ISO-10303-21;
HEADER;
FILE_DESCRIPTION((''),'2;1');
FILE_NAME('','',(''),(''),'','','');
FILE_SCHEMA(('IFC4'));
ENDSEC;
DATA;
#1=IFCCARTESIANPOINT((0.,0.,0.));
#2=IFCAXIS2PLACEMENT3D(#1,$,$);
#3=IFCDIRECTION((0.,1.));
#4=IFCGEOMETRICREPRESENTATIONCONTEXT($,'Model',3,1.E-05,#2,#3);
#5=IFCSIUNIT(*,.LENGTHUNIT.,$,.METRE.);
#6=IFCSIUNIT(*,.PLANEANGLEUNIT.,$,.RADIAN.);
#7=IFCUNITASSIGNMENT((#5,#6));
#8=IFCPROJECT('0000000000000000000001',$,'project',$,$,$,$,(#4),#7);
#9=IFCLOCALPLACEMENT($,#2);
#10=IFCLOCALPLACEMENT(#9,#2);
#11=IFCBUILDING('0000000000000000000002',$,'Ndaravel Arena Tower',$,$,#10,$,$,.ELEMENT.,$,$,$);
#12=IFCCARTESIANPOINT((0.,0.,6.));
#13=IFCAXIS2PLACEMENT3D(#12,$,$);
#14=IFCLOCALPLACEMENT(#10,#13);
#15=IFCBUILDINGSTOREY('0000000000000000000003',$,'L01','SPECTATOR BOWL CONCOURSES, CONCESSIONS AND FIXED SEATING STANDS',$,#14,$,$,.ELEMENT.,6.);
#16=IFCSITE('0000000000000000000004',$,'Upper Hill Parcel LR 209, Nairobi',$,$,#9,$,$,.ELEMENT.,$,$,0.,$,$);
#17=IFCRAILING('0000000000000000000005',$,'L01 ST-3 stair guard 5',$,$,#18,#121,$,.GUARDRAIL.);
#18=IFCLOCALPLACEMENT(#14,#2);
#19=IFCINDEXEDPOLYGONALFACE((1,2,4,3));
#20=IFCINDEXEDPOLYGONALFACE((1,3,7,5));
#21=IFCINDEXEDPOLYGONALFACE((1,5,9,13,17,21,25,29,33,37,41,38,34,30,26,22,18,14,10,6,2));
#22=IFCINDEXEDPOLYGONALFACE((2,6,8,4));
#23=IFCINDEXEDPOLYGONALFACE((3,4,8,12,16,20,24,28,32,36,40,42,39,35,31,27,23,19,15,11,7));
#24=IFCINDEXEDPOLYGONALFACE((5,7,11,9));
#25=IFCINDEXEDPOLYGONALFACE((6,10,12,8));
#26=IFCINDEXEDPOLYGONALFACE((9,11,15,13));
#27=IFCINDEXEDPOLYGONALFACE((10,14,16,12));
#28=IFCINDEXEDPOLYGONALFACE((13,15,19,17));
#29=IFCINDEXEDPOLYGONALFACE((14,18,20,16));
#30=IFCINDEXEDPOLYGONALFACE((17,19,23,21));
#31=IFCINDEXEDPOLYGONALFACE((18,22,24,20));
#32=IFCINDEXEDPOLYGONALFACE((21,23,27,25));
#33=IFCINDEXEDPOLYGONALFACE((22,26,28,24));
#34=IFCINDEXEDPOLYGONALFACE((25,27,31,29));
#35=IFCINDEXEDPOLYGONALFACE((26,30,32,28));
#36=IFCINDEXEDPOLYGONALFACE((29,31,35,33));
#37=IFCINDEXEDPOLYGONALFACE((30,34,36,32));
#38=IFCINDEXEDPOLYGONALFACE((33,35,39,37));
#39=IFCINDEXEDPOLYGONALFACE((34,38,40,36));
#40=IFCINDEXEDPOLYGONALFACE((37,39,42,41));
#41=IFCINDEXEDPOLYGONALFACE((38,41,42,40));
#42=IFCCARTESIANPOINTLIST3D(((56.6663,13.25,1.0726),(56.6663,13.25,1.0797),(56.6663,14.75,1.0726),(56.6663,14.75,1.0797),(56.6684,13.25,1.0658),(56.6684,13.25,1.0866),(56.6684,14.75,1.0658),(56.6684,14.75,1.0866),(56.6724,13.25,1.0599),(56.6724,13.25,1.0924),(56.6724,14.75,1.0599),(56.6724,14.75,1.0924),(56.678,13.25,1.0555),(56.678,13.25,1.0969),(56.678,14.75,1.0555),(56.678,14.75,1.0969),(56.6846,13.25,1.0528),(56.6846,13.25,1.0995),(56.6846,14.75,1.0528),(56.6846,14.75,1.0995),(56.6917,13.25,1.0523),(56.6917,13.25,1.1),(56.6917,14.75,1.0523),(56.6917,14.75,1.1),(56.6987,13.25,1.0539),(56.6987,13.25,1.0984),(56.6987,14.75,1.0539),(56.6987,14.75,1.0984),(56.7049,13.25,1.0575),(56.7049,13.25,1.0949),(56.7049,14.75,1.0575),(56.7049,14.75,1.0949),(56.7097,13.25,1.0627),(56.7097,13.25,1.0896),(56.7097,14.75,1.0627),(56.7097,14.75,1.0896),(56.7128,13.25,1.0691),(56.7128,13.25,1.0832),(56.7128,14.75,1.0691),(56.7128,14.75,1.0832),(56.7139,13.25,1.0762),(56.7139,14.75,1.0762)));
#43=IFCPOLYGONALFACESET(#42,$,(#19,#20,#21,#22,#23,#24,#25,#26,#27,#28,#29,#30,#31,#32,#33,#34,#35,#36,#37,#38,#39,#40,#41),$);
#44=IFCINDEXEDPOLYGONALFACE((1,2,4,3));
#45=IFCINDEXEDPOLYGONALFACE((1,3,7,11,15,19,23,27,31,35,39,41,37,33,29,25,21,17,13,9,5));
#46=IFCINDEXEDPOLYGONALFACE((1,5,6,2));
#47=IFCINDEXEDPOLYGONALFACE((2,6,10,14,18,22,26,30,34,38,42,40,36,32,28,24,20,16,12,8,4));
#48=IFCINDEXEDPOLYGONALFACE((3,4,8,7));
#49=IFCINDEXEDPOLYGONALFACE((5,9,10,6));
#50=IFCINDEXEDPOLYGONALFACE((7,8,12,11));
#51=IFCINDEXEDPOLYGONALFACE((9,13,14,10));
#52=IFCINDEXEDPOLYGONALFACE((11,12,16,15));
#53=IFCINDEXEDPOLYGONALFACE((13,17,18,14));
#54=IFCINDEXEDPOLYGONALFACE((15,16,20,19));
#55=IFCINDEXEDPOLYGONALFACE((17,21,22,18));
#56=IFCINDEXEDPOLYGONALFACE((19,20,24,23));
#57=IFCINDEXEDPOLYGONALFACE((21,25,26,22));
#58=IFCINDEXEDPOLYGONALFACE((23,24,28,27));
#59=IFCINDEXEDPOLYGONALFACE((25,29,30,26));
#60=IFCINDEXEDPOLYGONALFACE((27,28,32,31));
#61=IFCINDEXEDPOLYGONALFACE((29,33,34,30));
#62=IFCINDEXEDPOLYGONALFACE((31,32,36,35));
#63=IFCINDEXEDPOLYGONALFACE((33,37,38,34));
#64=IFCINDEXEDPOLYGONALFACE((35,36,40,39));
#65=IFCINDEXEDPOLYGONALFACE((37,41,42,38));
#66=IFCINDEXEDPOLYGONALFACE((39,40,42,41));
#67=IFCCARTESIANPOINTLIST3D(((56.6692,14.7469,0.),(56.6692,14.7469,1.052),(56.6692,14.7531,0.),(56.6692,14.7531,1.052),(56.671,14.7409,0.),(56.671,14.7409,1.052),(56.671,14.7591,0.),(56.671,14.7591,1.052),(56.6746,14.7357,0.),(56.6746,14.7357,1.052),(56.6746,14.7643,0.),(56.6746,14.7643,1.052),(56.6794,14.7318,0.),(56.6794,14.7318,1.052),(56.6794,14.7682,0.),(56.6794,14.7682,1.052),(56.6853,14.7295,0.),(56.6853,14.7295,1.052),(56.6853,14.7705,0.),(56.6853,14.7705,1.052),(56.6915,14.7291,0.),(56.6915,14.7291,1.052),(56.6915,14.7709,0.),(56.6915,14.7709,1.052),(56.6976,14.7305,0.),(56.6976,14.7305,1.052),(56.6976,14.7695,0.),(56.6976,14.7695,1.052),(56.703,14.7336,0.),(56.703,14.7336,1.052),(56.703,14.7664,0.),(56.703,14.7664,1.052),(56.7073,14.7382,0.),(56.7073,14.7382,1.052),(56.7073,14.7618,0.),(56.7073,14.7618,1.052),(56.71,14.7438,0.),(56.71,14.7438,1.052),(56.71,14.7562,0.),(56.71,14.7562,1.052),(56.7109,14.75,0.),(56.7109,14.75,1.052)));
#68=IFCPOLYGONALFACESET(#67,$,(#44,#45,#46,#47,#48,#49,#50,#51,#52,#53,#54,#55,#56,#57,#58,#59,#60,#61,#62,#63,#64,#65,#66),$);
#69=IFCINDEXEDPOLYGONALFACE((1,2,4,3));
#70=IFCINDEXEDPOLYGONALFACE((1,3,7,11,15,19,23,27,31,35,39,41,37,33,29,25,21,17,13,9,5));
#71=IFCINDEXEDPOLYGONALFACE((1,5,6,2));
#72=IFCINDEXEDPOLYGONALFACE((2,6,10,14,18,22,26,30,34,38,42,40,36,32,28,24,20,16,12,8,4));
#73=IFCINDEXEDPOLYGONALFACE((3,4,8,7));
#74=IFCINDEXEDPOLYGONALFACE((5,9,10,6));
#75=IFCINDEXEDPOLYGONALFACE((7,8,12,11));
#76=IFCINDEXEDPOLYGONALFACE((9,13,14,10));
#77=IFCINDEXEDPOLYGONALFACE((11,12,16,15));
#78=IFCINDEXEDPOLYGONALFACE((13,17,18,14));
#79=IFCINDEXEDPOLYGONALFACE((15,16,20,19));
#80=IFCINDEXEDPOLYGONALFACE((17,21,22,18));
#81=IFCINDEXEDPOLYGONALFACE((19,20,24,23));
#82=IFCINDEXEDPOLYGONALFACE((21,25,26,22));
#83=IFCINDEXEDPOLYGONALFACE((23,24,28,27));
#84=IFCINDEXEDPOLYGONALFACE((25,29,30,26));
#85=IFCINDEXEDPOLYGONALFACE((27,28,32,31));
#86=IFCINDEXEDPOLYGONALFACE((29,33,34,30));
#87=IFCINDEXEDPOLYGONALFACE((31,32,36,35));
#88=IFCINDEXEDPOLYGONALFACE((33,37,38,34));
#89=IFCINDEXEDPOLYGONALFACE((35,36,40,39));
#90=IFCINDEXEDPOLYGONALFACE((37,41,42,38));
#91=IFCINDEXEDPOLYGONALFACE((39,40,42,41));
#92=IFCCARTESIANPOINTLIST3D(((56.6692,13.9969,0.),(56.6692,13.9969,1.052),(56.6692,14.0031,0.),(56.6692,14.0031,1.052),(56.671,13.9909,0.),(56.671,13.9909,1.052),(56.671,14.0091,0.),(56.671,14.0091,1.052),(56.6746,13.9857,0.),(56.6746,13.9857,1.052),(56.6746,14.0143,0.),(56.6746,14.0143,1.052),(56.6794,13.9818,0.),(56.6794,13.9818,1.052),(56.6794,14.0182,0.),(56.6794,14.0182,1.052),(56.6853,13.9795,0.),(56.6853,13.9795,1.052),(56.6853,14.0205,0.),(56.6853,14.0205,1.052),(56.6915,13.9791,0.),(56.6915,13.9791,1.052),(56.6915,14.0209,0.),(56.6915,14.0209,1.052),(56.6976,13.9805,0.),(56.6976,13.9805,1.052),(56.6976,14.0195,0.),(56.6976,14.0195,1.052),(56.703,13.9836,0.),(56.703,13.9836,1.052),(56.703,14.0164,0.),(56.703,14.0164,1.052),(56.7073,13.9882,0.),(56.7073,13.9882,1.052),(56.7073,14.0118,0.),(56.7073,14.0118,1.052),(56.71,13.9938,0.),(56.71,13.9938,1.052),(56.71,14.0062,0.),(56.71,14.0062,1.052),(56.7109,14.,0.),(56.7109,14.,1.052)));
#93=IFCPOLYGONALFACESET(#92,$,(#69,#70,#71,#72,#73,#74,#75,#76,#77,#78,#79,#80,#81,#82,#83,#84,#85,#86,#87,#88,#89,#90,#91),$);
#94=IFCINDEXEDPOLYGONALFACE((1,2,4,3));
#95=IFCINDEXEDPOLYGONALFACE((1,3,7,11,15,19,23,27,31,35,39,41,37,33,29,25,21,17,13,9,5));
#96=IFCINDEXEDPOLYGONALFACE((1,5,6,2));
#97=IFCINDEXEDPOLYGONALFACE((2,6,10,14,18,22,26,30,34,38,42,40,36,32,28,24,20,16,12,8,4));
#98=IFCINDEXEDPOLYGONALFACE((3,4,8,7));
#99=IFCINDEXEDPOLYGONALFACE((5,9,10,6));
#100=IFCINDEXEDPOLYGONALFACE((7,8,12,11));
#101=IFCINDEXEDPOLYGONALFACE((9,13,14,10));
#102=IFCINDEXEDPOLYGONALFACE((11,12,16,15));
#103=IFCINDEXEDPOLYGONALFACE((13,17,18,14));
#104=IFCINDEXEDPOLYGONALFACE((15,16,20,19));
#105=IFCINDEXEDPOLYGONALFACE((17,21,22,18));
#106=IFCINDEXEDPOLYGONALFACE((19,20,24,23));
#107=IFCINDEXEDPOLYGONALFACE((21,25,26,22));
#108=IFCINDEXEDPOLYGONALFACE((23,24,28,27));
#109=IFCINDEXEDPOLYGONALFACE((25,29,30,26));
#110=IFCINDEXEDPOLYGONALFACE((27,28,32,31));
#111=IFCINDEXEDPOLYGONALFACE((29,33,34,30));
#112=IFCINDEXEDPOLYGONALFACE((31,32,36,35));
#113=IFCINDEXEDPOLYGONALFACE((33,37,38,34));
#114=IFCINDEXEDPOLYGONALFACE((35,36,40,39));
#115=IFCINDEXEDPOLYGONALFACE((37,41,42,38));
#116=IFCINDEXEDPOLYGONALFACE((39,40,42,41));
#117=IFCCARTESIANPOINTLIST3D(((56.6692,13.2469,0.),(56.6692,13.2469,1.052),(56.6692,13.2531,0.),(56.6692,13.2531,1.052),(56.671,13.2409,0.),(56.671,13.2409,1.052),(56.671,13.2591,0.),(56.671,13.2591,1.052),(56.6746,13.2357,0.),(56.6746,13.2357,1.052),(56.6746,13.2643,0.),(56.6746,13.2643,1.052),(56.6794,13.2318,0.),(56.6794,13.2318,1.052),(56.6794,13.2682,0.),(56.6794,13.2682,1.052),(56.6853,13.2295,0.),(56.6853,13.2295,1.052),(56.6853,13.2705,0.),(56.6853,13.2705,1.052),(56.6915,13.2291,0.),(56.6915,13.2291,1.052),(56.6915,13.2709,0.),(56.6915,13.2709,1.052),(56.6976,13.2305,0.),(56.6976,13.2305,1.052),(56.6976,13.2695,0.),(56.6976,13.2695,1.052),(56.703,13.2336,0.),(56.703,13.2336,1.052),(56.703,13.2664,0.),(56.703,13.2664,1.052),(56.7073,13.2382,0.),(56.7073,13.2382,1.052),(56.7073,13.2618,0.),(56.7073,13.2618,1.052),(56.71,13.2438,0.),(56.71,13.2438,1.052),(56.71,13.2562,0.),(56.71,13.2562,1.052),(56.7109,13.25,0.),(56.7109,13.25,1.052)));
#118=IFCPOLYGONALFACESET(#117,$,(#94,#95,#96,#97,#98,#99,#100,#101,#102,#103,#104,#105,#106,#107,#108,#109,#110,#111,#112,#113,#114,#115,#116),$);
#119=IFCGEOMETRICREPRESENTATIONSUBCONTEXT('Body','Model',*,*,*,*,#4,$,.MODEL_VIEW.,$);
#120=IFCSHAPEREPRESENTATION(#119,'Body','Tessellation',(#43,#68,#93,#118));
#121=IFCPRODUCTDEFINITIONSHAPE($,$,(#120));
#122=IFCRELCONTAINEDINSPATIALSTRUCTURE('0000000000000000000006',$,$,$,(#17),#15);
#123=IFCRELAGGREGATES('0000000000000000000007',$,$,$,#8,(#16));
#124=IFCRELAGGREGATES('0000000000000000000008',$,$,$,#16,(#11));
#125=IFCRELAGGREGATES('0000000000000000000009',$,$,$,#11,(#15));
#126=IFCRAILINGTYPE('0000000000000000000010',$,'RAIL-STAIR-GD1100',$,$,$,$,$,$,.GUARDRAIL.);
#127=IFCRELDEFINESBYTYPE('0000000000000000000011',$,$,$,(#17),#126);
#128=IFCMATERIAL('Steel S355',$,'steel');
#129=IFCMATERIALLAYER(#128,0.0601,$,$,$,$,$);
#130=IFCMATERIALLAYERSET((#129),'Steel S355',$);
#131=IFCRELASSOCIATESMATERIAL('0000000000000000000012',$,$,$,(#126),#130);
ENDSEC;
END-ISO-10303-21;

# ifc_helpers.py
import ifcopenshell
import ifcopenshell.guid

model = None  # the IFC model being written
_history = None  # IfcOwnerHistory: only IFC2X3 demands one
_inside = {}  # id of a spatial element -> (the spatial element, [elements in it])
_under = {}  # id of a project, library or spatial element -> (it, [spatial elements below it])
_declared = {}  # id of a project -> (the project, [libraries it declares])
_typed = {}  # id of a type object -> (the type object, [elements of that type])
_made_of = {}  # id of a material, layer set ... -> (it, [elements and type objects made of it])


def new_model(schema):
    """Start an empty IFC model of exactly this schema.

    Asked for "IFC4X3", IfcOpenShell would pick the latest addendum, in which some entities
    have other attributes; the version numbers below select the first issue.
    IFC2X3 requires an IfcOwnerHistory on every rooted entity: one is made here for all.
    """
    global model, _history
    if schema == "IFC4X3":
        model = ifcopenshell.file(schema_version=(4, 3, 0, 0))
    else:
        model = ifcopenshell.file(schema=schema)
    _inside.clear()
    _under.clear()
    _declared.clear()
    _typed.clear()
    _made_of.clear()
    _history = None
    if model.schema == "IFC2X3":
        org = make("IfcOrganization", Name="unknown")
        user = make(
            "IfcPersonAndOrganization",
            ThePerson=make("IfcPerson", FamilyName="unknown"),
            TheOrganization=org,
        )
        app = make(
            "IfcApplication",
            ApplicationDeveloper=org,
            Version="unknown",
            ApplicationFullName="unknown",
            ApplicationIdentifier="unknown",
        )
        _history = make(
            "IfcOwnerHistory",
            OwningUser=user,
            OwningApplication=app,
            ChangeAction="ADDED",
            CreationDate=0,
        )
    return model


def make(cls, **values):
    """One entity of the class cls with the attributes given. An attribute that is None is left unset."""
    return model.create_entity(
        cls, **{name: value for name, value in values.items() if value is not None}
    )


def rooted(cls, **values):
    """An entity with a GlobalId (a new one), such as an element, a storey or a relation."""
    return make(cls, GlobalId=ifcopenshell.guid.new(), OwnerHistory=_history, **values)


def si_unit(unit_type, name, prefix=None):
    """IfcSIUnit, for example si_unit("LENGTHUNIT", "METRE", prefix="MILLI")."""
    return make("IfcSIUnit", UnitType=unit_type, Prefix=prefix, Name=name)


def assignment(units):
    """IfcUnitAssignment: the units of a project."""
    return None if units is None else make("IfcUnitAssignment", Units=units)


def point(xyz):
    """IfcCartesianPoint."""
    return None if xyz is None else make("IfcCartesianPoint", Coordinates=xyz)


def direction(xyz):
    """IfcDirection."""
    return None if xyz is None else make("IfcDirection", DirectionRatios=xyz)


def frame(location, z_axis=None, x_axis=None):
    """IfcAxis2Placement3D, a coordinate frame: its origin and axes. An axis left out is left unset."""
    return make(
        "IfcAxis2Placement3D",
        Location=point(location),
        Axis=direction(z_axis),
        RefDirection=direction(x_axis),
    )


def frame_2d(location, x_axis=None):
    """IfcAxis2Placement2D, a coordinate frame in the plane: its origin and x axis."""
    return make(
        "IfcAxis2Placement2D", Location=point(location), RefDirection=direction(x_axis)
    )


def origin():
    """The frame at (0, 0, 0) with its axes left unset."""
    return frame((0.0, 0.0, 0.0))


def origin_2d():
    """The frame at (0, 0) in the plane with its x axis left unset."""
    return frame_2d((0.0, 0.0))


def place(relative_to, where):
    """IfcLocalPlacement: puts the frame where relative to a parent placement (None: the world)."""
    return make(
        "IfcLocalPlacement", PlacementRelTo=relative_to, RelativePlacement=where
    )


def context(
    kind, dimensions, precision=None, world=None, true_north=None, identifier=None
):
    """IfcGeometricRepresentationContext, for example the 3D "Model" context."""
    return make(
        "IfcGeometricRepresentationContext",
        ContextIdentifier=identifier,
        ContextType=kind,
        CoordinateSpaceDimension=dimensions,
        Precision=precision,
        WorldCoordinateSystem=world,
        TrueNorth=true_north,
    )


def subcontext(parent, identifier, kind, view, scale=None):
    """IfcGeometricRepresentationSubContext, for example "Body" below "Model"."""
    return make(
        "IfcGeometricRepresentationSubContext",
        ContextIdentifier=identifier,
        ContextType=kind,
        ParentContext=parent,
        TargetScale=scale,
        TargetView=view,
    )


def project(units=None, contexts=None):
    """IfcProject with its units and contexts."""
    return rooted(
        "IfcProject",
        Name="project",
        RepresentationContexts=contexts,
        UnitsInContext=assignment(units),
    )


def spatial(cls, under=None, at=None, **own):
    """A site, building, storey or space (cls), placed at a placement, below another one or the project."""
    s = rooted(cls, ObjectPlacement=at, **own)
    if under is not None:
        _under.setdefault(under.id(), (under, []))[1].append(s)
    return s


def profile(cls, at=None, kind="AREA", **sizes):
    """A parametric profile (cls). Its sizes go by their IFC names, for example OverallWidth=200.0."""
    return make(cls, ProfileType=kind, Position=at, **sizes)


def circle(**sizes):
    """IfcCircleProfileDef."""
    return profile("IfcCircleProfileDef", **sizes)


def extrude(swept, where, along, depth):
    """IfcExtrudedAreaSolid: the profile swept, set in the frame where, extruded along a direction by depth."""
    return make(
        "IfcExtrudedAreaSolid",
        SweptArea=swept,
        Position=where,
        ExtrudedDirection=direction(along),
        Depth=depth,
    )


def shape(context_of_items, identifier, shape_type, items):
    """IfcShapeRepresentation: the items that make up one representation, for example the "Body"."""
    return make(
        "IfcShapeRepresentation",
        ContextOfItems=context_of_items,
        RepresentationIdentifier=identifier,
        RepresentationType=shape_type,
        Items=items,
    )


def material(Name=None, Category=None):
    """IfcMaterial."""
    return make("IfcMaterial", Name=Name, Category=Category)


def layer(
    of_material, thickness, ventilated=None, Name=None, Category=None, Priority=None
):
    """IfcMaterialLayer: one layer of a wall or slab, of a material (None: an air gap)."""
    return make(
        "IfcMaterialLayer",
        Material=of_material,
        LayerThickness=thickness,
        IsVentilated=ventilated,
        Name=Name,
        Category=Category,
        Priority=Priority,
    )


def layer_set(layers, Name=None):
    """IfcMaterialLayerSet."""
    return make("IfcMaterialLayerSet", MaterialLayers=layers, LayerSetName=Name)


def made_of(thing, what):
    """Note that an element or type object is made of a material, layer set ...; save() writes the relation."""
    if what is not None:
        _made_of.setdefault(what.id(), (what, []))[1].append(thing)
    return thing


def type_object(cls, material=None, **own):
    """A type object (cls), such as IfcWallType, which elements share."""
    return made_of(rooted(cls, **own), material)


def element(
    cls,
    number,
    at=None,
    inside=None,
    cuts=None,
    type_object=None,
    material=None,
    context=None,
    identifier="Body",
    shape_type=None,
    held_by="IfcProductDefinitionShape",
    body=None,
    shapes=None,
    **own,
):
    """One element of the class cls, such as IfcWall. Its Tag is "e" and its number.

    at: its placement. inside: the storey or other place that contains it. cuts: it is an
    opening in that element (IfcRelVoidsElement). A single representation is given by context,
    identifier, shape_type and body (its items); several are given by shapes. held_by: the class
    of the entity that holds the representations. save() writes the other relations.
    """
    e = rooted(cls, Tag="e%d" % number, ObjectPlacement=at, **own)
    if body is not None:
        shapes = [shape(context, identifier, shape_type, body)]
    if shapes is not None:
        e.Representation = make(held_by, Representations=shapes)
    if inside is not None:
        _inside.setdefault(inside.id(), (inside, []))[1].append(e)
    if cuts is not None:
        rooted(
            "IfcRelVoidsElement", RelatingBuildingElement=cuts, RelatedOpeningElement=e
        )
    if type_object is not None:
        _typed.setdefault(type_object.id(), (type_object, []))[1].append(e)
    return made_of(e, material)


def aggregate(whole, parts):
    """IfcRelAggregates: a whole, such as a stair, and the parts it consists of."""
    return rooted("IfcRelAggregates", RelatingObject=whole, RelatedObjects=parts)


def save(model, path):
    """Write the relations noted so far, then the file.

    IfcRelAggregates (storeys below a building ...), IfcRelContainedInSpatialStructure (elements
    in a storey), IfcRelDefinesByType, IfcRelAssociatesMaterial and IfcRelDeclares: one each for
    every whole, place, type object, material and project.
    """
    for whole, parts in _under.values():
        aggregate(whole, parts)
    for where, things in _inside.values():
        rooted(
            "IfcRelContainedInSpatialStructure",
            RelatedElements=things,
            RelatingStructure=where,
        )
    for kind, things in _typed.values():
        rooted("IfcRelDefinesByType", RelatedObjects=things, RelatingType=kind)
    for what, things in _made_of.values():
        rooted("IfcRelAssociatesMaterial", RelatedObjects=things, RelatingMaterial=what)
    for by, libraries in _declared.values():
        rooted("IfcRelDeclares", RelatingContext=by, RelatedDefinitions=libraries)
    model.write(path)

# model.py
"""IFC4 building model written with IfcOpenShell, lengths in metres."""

from ifc_helpers import new_model, si_unit, direction, frame, origin, origin_2d, place, context, subcontext, project, spatial, circle, extrude, material, layer, layer_set, type_object, element, save


model = new_model("IFC4")

# Units and contexts
model_context = context("Model", 3, precision=1e-05, world=origin(), true_north=direction((0.0, 1.0)))
body_context = subcontext(model_context, "Body", "Model", "MODEL_VIEW")
ifc_project = project(units=[si_unit("LENGTHUNIT", "METRE"), si_unit("PLANEANGLEUNIT", "RADIAN")], contexts=[model_context])

# Site, building, storey
site_placement = place(None, origin())
site = spatial("IfcSite", under=ifc_project, at=site_placement, Name="Upper Hill Parcel LR 209, Nairobi", CompositionType="ELEMENT", RefElevation=0.0)
building_placement = place(site_placement, origin())
building = spatial("IfcBuilding", under=site, at=building_placement, Name="Ndaravel Arena Tower", CompositionType="ELEMENT")
storey_placement = place(building_placement, frame((0.0, 0.0, 6.0)))
storey = spatial("IfcBuildingStorey", under=building, at=storey_placement, Name="L01", Description="SPECTATOR BOWL CONCOURSES, CONCESSIONS AND FIXED SEATING STANDS", CompositionType="ELEMENT", Elevation=6.0)

# Railing
ifc_material_1 = material(Name="Steel S355", Category="steel")
ifc_layer_1 = layer(ifc_material_1, 0.0601)
ifc_layer_set_1 = layer_set([ifc_layer_1], Name="Steel S355")
railing_type_1 = type_object("IfcRailingType", Name="RAIL-STAIR-GD1100", PredefinedType="GUARDRAIL", material=ifc_layer_set_1)
railing_1_placement = place(storey_placement, frame((56.6899, 14.75, 0.0)))
element("IfcRailing", 1, at=railing_1_placement, inside=storey, type_object=railing_type_1, Name="L01 ST-3 stair guard 5", PredefinedType="GUARDRAIL", context=body_context, shape_type="SweptSolid", body=[
    extrude(circle(Radius=0.0239, at=origin_2d()), frame((0.0, 0.0, 1.0762), z_axis=(0.0, -1.0, 0.0), x_axis=(1.0, 0.0, 0.0)), (0.0, 0.0, 1.0), 1.5),
    extrude(circle(Radius=0.021, at=origin_2d()), origin(), (0.0, 0.0, 1.0), 1.052),
    extrude(circle(Radius=0.021, at=origin_2d()), frame((0.0, -0.75, 0.0)), (0.0, 0.0, 1.0), 1.052),
    extrude(circle(Radius=0.021, at=origin_2d()), frame((0.0, -1.5, 0.0)), (0.0, 0.0, 1.0), 1.052),
])

save(model, "model.ifc")
